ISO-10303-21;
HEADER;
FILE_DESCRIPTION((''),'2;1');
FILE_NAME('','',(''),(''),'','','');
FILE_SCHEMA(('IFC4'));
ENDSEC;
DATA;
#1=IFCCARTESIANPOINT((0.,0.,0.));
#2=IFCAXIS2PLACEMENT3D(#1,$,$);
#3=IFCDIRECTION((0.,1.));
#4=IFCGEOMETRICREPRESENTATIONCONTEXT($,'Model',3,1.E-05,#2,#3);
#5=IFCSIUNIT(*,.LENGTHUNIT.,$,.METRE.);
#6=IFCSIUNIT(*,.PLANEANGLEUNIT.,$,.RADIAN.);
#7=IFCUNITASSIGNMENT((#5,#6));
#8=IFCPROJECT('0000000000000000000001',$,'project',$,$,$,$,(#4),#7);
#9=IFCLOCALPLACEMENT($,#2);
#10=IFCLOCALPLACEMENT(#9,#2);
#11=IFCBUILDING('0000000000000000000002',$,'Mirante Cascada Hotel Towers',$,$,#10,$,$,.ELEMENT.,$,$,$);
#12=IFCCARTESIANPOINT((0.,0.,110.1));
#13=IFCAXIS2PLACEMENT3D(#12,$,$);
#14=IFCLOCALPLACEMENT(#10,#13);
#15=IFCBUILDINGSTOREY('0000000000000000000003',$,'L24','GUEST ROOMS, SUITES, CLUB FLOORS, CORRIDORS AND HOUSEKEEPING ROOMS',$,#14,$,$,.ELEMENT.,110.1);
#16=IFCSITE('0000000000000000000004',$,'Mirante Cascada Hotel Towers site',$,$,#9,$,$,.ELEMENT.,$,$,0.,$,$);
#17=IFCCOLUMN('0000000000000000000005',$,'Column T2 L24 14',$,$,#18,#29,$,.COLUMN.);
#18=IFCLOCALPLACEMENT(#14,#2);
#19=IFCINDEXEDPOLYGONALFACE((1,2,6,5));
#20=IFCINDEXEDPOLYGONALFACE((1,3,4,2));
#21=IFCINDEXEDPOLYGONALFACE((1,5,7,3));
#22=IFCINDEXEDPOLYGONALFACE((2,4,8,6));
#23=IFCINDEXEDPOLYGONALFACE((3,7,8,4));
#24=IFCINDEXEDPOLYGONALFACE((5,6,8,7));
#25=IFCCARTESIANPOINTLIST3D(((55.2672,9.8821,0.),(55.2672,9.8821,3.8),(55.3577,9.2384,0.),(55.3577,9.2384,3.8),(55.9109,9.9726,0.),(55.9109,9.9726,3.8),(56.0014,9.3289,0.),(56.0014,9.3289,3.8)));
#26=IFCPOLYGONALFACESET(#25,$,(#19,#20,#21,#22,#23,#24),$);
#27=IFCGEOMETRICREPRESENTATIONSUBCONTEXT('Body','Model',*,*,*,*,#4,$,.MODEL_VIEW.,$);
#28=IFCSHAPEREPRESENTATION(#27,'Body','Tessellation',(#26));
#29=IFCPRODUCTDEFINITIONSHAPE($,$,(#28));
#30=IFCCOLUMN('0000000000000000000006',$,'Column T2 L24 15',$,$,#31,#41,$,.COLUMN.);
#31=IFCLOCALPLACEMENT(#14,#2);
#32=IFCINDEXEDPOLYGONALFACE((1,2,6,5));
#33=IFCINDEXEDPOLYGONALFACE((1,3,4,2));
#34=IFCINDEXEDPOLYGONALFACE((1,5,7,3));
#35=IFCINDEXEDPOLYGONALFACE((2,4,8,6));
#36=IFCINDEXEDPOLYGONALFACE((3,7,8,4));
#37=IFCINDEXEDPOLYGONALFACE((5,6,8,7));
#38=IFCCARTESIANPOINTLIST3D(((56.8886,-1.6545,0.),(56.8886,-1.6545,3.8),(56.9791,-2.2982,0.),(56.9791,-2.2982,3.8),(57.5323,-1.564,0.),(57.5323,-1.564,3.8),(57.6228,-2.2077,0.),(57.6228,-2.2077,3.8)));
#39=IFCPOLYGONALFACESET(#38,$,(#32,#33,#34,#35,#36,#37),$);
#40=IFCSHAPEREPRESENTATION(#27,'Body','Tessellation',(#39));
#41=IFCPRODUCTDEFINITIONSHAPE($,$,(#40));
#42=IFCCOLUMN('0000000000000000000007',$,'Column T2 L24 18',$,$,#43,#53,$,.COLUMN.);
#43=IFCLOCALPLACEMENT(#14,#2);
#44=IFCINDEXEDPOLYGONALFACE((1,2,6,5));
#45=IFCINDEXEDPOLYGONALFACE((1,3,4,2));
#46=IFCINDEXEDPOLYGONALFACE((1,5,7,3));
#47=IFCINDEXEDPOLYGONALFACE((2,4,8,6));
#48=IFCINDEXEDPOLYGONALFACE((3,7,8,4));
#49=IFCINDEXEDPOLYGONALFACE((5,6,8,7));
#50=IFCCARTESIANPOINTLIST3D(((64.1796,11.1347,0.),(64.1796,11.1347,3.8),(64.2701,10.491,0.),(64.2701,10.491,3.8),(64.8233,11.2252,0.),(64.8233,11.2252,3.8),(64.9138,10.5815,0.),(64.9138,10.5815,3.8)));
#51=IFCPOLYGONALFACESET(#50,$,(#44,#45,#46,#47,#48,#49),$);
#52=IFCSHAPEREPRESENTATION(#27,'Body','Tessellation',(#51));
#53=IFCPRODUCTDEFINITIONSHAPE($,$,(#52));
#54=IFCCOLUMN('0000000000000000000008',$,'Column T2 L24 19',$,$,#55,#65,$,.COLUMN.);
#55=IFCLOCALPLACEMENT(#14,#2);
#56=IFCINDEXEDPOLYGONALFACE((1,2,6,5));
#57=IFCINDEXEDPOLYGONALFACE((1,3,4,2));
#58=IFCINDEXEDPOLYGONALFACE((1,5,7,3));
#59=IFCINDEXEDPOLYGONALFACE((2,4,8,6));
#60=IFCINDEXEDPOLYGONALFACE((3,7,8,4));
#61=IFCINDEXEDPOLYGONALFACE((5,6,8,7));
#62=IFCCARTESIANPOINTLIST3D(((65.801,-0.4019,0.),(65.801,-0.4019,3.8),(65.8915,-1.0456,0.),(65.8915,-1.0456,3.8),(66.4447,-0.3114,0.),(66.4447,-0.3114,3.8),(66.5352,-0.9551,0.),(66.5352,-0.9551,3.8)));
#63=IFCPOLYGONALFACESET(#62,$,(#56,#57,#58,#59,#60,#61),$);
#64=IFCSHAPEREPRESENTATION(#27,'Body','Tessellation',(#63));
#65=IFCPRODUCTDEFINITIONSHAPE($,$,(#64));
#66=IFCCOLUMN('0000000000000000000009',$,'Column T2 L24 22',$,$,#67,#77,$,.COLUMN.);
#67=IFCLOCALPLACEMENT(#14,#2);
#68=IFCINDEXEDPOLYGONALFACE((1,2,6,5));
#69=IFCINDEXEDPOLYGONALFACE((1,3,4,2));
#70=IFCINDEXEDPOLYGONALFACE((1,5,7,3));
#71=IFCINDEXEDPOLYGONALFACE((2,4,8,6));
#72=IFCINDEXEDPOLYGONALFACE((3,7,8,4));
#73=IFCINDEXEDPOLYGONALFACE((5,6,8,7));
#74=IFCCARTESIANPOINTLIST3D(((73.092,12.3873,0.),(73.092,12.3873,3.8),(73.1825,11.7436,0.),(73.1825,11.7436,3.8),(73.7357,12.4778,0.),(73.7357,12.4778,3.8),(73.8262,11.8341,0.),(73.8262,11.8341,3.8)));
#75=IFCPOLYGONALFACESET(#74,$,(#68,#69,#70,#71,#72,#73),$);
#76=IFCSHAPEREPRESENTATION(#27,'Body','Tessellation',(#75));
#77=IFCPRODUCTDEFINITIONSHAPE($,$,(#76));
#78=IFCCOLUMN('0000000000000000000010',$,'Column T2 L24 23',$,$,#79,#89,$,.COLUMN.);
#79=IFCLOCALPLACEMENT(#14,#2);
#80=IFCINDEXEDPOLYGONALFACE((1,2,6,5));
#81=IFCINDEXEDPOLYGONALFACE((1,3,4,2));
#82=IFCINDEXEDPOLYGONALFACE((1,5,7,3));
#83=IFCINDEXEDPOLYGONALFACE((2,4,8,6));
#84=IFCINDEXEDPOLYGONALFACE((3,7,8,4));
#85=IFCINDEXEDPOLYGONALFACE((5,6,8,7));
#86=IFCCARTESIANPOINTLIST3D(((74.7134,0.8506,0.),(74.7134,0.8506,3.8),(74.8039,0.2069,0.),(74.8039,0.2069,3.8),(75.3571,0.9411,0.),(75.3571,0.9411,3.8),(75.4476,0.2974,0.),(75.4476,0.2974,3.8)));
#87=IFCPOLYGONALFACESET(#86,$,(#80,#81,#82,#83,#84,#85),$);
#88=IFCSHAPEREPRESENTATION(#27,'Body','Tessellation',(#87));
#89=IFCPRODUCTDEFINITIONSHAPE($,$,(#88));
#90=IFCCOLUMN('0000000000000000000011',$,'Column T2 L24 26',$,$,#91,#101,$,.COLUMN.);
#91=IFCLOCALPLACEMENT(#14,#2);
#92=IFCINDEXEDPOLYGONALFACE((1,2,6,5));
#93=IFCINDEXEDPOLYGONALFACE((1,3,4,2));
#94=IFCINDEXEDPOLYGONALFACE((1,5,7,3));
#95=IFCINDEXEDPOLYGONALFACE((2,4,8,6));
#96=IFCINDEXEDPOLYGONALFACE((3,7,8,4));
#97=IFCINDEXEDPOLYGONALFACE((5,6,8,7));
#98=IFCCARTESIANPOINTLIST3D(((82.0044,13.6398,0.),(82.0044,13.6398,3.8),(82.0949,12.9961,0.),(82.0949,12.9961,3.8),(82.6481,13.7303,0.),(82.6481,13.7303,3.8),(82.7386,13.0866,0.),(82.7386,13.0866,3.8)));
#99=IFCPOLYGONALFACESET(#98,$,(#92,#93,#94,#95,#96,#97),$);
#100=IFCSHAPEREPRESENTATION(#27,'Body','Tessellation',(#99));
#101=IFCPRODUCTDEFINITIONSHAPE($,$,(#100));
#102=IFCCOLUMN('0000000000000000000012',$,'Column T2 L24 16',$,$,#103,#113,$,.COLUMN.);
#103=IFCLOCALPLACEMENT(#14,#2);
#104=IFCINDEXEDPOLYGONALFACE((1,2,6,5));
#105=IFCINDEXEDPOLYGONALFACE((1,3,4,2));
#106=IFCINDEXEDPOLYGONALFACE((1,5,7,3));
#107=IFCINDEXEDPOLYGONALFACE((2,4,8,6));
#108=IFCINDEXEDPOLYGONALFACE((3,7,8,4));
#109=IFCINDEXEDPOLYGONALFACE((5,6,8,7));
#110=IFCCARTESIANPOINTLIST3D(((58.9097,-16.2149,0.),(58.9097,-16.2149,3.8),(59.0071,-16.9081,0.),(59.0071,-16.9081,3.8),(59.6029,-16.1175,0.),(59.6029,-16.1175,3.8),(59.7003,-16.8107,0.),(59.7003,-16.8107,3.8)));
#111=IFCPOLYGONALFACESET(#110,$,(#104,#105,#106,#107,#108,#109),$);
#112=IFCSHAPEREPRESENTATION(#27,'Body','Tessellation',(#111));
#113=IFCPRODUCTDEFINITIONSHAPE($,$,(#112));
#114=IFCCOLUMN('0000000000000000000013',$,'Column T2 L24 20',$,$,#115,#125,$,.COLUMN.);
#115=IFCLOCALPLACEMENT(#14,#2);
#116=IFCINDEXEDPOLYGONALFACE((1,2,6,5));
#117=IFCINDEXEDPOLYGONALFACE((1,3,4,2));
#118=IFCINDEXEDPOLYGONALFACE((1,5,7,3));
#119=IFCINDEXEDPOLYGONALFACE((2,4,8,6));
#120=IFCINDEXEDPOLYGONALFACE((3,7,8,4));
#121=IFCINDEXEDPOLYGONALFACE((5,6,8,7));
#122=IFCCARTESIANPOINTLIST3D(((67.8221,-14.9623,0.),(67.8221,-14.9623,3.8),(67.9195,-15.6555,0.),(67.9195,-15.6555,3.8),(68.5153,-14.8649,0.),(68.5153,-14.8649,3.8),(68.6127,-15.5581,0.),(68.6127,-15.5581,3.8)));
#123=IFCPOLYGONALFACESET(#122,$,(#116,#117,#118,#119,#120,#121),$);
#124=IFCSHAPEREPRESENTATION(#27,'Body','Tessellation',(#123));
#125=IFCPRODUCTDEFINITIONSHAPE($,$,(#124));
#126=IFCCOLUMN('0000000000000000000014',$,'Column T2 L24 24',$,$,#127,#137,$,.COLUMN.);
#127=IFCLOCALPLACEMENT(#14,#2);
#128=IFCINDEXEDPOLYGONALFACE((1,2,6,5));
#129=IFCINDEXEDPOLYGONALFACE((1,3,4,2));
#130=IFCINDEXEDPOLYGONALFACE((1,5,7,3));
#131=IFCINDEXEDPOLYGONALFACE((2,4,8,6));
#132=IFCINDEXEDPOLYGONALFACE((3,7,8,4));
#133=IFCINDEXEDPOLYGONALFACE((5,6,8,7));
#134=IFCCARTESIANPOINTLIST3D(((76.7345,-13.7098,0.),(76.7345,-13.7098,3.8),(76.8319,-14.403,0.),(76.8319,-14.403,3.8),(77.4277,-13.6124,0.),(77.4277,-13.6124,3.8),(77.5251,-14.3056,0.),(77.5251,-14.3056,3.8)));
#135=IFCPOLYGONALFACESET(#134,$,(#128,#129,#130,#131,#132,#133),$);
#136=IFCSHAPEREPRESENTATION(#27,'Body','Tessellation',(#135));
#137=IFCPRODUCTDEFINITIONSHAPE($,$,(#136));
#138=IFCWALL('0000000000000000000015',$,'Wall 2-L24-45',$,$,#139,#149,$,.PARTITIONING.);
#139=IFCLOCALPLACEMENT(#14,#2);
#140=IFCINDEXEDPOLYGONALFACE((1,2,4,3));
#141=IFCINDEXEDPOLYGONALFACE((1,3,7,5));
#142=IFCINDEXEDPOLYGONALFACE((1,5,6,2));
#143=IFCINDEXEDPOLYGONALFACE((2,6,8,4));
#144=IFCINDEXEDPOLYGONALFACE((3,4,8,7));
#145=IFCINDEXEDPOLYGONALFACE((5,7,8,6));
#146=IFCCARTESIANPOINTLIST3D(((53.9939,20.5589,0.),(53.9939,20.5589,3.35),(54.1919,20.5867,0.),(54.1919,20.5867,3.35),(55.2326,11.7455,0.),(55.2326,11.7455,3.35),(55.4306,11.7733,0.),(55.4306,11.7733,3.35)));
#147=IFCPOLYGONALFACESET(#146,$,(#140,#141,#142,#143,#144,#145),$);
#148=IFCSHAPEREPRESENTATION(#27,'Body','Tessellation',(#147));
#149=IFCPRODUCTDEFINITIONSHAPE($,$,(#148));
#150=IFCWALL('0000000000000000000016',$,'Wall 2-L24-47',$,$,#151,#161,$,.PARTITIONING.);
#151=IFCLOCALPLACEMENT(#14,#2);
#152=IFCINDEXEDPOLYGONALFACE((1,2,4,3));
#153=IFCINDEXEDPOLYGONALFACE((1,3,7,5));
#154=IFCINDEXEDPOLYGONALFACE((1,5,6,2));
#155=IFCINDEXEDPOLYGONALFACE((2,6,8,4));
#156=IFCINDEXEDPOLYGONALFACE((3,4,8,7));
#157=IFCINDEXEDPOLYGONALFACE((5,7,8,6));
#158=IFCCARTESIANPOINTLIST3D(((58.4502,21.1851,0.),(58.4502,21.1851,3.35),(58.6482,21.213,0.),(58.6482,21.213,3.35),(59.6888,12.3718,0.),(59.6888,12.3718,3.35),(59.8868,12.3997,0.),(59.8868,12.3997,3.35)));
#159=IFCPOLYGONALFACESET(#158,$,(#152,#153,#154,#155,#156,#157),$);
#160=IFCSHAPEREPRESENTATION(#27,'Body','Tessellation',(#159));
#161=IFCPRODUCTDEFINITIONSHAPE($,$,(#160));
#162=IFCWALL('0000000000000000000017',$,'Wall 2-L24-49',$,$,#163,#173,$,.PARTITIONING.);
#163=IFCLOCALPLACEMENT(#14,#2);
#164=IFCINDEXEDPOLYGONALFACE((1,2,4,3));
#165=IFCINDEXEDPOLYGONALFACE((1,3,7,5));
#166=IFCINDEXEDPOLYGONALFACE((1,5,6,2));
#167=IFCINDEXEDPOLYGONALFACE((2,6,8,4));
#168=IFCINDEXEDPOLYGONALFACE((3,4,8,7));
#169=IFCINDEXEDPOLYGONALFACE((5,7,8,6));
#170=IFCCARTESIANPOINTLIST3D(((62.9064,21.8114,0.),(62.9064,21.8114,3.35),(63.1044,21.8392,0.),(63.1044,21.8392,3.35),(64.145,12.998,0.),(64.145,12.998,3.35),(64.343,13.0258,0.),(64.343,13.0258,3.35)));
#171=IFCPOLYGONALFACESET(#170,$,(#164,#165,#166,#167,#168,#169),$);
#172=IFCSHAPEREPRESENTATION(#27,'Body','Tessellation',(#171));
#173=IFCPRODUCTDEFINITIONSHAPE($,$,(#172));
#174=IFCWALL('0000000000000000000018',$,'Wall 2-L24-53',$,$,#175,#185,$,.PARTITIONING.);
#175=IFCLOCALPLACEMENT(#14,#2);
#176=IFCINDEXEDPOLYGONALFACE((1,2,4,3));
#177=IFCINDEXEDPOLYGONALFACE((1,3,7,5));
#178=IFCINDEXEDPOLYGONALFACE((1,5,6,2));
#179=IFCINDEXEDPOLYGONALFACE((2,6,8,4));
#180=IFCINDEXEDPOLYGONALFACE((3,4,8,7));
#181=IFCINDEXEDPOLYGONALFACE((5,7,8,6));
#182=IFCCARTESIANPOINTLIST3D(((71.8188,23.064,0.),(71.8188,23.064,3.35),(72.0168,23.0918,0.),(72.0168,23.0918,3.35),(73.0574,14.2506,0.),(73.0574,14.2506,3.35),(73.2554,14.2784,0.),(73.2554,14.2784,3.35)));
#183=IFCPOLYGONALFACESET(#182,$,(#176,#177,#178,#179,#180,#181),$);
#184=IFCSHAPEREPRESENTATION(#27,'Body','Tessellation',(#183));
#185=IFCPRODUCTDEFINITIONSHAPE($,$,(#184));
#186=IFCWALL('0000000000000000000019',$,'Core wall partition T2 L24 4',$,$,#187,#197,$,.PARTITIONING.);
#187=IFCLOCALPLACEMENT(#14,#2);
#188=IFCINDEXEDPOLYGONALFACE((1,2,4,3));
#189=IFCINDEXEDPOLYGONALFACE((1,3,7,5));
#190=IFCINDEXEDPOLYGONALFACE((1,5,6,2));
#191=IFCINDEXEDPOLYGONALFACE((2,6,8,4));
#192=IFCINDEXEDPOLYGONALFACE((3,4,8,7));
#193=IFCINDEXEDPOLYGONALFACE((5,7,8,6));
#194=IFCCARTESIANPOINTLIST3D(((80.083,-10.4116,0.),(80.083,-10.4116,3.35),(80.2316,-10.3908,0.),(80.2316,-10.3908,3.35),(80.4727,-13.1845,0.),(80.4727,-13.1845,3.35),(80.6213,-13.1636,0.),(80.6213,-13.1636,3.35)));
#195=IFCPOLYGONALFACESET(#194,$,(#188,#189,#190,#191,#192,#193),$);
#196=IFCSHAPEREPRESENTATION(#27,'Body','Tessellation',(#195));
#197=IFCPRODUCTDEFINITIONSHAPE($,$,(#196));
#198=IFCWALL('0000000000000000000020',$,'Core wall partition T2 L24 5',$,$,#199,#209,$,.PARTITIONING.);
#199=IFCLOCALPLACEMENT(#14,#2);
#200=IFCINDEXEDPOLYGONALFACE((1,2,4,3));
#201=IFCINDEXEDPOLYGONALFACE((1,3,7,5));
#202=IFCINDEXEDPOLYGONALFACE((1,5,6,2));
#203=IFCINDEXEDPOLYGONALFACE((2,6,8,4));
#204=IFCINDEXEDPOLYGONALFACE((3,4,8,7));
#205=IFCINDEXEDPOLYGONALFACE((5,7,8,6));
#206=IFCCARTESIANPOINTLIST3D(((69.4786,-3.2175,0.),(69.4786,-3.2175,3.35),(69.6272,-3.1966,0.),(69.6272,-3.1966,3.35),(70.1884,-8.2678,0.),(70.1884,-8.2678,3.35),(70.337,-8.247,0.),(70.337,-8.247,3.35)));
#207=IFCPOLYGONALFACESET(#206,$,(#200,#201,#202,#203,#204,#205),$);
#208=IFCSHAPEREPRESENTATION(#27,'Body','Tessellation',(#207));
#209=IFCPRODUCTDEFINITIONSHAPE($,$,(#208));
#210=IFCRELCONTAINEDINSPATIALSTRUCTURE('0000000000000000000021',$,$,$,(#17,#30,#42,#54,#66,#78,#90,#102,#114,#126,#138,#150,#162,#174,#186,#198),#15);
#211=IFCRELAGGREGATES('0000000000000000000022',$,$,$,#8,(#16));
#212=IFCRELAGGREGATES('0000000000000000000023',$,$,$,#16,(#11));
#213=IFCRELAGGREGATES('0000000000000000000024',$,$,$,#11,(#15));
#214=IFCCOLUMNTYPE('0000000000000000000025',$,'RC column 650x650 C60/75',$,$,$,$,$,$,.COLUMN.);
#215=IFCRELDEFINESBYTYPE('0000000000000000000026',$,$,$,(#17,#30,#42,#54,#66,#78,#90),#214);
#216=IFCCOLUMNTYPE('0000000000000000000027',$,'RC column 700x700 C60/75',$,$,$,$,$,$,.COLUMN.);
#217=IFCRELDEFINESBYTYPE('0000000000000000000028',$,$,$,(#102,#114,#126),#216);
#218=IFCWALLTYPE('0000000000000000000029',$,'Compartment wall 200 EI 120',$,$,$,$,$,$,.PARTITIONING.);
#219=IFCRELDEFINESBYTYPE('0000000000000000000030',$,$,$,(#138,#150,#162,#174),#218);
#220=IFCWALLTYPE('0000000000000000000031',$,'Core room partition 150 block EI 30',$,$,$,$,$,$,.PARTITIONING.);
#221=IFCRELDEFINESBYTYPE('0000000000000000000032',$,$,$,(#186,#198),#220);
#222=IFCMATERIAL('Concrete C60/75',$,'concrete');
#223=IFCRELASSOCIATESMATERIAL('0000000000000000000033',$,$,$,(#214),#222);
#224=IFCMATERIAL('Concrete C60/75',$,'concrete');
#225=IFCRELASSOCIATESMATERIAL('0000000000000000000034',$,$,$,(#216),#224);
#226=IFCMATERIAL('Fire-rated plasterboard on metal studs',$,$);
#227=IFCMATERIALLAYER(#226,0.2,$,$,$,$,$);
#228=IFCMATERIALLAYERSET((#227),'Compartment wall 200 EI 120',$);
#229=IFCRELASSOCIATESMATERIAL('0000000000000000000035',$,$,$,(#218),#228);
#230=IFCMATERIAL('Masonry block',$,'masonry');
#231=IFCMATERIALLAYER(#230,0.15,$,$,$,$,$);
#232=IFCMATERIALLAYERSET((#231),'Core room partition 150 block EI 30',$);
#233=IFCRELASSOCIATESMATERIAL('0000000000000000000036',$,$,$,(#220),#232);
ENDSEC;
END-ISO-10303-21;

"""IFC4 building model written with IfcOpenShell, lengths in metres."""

from ifc_helpers import new_model, si_unit, direction, frame, frame_2d, origin, origin_2d, place, context, subcontext, project, spatial, rectangle, extrude, material, layer, layer_set, material_profile, profile_set, type_object, element, save


model = new_model("IFC4")

# Units and contexts
model_context = context("Model", 3, precision=1e-05, world=origin(), true_north=direction((0.0, 1.0)))
body_context = subcontext(model_context, "Body", "Model", "MODEL_VIEW")
ifc_project = project(units=[si_unit("LENGTHUNIT", "METRE"), si_unit("PLANEANGLEUNIT", "RADIAN")], contexts=[model_context])

# Site, building, storey
site_placement = place(None, origin())
site = spatial("IfcSite", under=ifc_project, at=site_placement, Name="Mirante Cascada Hotel Towers site", CompositionType="ELEMENT", RefElevation=0.0)
building_placement = place(site_placement, origin())
building = spatial("IfcBuilding", under=site, at=building_placement, Name="Mirante Cascada Hotel Towers", CompositionType="ELEMENT")
storey_placement = place(building_placement, frame((0.0, 0.0, 110.1)))
storey = spatial("IfcBuildingStorey", under=building, at=storey_placement, Name="L24", Description="GUEST ROOMS, SUITES, CLUB FLOORS, CORRIDORS AND HOUSEKEEPING ROOMS", CompositionType="ELEMENT", Elevation=110.1)

# Columns
ifc_material_1 = material(Name="Concrete C60/75", Category="concrete")
ifc_material_profile_1 = material_profile(ifc_material_1, rectangle(XDim=0.65, YDim=0.65, at=origin_2d()), Name="RC column 650x650 C60/75")
ifc_profile_set_1 = profile_set([ifc_material_profile_1], Name="Concrete C60/75")
column_type_1 = type_object("IfcColumnType", Name="RC column 650x650 C60/75", PredefinedType="COLUMN", material=ifc_profile_set_1)
for number, where, z_axis, x_axis, name in (
    (1, (55.6343, 9.6055, 0.0), (0.0, 0.0, 1.0), (0.990268, 0.139173, 0.0), "Column T2 L24 14"),
    (2, (57.2557, -1.9311, 0.0), (0.0, 0.0, 1.0), (0.990268, 0.139173, 0.0), "Column T2 L24 15"),
    (3, (64.5467, 10.8581, 0.0), (0.0, 0.0, 1.0), (0.990268, 0.139173, 0.0), "Column T2 L24 18"),
    (4, (66.1681, -0.6785, 0.0), (0.0, 0.0, 1.0), (0.990268, 0.139173, 0.0), "Column T2 L24 19"),
    (5, (73.4591, 12.1107, 0.0), (0.0, 0.0, 1.0), (0.990268, 0.139173, 0.0), "Column T2 L24 22"),
    (6, (75.0805, 0.574, 0.0), (0.0, 0.0, 1.0), (0.990268, 0.139173, 0.0), "Column T2 L24 23"),
    (7, (82.3715, 13.3632, 0.0), (0.0, 0.0, 1.0), (0.990268, 0.139173, 0.0), "Column T2 L24 26"),
):
    element("IfcColumn", number, at=place(storey_placement, frame(where, z_axis=z_axis, x_axis=x_axis)), inside=storey, type_object=column_type_1, Name=name, PredefinedType="COLUMN", context=body_context, shape_type="SweptSolid", body=[
        extrude(rectangle(XDim=0.65, YDim=0.65, at=origin_2d()), origin(), (0.0, 0.0, 1.0), 3.8),
    ])
ifc_material_2 = material(Name="Concrete C60/75", Category="concrete")
ifc_material_profile_2 = material_profile(ifc_material_2, rectangle(XDim=0.7, YDim=0.7, at=origin_2d()), Name="RC column 700x700 C60/75")
ifc_profile_set_2 = profile_set([ifc_material_profile_2], Name="Concrete C60/75")
column_type_2 = type_object("IfcColumnType", Name="RC column 700x700 C60/75", PredefinedType="COLUMN", material=ifc_profile_set_2)
for number, where, z_axis, x_axis, name in (
    (8, (59.305, -16.5128, 0.0), (0.0, 0.0, 1.0), (0.990268, 0.139173, 0.0), "Column T2 L24 16"),
    (9, (68.2174, -15.2602, 0.0), (0.0, 0.0, 1.0), (0.990268, 0.139173, 0.0), "Column T2 L24 20"),
    (10, (77.1298, -14.0077, 0.0), (0.0, 0.0, 1.0), (0.990268, 0.139173, 0.0), "Column T2 L24 24"),
):
    element("IfcColumn", number, at=place(storey_placement, frame(where, z_axis=z_axis, x_axis=x_axis)), inside=storey, type_object=column_type_2, Name=name, PredefinedType="COLUMN", context=body_context, shape_type="SweptSolid", body=[
        extrude(rectangle(XDim=0.7, YDim=0.7, at=origin_2d()), origin(), (0.0, 0.0, 1.0), 3.8),
    ])

# Walls
ifc_material_3 = material(Name="Fire-rated plasterboard on metal studs")
ifc_layer_1 = layer(ifc_material_3, 0.2)
ifc_layer_set_1 = layer_set([ifc_layer_1], Name="Compartment wall 200 EI 120")
wall_type_1 = type_object("IfcWallType", Name="Compartment wall 200 EI 120", PredefinedType="PARTITIONING", material=ifc_layer_set_1)
wall_1_placement = place(storey_placement, frame((55.3316, 11.7594, 0.0), z_axis=(0.0, 0.0, 1.0), x_axis=(-0.139179, 0.990267, 0.0)))
element("IfcWall", 11, at=wall_1_placement, inside=storey, type_object=wall_type_1, Name="Wall 2-L24-45", PredefinedType="PARTITIONING", context=body_context, shape_type="SweptSolid", body=[
    extrude(rectangle(XDim=8.9, YDim=0.2, at=frame_2d((4.45, 0.0))), origin(), (0.0, 0.0, 1.0), 3.35),
])
wall_2_placement = place(storey_placement, frame((59.7878, 12.3857, 0.0), z_axis=(0.0, 0.0, 1.0), x_axis=(-0.13917, 0.990268, 0.0)))
element("IfcWall", 12, at=wall_2_placement, inside=storey, type_object=wall_type_1, Name="Wall 2-L24-47", PredefinedType="PARTITIONING", context=body_context, shape_type="SweptSolid", body=[
    extrude(rectangle(XDim=8.8999, YDim=0.2, at=frame_2d((4.45, 0.0))), origin(), (0.0, 0.0, 1.0), 3.35),
])
for number, where, z_axis, x_axis, name in (
    (13, (64.244, 13.0119, 0.0), (0.0, 0.0, 1.0), (-0.139168, 0.990269, 0.0), "Wall 2-L24-49"),
    (14, (73.1564, 14.2645, 0.0), (0.0, 0.0, 1.0), (-0.139168, 0.990269, 0.0), "Wall 2-L24-53"),
):
    element("IfcWall", number, at=place(storey_placement, frame(where, z_axis=z_axis, x_axis=x_axis)), inside=storey, type_object=wall_type_1, Name=name, PredefinedType="PARTITIONING", context=body_context, shape_type="SweptSolid", body=[
        extrude(rectangle(XDim=8.9, YDim=0.2, at=frame_2d((4.45, 0.0))), origin(), (0.0, 0.0, 1.0), 3.35),
    ])
ifc_material_4 = material(Name="Masonry block", Category="masonry")
ifc_layer_2 = layer(ifc_material_4, 0.15)
ifc_layer_set_2 = layer_set([ifc_layer_2], Name="Core room partition 150 block EI 30")
wall_type_2 = type_object("IfcWallType", Name="Core room partition 150 block EI 30", PredefinedType="PARTITIONING", material=ifc_layer_set_2)
wall_3_placement = place(storey_placement, frame((80.547, -13.174, 0.0), z_axis=(0.0, 0.0, 1.0), x_axis=(-0.139176, 0.990268, 0.0)))
element("IfcWall", 15, at=wall_3_placement, inside=storey, type_object=wall_type_2, Name="Core wall partition T2 L24 4", PredefinedType="PARTITIONING", context=body_context, shape_type="SweptSolid", body=[
    extrude(rectangle(XDim=2.8001, YDim=0.15, at=frame_2d((1.4, 0.0))), origin(), (0.0, 0.0, 1.0), 3.35),
])
wall_4_placement = place(storey_placement, frame((70.2627, -8.2574, 0.0), z_axis=(0.0, 0.0, 1.0), x_axis=(-0.139176, 0.990268, 0.0)))
element("IfcWall", 16, at=wall_4_placement, inside=storey, type_object=wall_type_2, Name="Core wall partition T2 L24 5", PredefinedType="PARTITIONING", context=body_context, shape_type="SweptSolid", body=[
    extrude(rectangle(XDim=5.1, YDim=0.15, at=frame_2d((2.55, 0.0))), origin(), (0.0, 0.0, 1.0), 3.35),
])

save(model, "model.ifc")
